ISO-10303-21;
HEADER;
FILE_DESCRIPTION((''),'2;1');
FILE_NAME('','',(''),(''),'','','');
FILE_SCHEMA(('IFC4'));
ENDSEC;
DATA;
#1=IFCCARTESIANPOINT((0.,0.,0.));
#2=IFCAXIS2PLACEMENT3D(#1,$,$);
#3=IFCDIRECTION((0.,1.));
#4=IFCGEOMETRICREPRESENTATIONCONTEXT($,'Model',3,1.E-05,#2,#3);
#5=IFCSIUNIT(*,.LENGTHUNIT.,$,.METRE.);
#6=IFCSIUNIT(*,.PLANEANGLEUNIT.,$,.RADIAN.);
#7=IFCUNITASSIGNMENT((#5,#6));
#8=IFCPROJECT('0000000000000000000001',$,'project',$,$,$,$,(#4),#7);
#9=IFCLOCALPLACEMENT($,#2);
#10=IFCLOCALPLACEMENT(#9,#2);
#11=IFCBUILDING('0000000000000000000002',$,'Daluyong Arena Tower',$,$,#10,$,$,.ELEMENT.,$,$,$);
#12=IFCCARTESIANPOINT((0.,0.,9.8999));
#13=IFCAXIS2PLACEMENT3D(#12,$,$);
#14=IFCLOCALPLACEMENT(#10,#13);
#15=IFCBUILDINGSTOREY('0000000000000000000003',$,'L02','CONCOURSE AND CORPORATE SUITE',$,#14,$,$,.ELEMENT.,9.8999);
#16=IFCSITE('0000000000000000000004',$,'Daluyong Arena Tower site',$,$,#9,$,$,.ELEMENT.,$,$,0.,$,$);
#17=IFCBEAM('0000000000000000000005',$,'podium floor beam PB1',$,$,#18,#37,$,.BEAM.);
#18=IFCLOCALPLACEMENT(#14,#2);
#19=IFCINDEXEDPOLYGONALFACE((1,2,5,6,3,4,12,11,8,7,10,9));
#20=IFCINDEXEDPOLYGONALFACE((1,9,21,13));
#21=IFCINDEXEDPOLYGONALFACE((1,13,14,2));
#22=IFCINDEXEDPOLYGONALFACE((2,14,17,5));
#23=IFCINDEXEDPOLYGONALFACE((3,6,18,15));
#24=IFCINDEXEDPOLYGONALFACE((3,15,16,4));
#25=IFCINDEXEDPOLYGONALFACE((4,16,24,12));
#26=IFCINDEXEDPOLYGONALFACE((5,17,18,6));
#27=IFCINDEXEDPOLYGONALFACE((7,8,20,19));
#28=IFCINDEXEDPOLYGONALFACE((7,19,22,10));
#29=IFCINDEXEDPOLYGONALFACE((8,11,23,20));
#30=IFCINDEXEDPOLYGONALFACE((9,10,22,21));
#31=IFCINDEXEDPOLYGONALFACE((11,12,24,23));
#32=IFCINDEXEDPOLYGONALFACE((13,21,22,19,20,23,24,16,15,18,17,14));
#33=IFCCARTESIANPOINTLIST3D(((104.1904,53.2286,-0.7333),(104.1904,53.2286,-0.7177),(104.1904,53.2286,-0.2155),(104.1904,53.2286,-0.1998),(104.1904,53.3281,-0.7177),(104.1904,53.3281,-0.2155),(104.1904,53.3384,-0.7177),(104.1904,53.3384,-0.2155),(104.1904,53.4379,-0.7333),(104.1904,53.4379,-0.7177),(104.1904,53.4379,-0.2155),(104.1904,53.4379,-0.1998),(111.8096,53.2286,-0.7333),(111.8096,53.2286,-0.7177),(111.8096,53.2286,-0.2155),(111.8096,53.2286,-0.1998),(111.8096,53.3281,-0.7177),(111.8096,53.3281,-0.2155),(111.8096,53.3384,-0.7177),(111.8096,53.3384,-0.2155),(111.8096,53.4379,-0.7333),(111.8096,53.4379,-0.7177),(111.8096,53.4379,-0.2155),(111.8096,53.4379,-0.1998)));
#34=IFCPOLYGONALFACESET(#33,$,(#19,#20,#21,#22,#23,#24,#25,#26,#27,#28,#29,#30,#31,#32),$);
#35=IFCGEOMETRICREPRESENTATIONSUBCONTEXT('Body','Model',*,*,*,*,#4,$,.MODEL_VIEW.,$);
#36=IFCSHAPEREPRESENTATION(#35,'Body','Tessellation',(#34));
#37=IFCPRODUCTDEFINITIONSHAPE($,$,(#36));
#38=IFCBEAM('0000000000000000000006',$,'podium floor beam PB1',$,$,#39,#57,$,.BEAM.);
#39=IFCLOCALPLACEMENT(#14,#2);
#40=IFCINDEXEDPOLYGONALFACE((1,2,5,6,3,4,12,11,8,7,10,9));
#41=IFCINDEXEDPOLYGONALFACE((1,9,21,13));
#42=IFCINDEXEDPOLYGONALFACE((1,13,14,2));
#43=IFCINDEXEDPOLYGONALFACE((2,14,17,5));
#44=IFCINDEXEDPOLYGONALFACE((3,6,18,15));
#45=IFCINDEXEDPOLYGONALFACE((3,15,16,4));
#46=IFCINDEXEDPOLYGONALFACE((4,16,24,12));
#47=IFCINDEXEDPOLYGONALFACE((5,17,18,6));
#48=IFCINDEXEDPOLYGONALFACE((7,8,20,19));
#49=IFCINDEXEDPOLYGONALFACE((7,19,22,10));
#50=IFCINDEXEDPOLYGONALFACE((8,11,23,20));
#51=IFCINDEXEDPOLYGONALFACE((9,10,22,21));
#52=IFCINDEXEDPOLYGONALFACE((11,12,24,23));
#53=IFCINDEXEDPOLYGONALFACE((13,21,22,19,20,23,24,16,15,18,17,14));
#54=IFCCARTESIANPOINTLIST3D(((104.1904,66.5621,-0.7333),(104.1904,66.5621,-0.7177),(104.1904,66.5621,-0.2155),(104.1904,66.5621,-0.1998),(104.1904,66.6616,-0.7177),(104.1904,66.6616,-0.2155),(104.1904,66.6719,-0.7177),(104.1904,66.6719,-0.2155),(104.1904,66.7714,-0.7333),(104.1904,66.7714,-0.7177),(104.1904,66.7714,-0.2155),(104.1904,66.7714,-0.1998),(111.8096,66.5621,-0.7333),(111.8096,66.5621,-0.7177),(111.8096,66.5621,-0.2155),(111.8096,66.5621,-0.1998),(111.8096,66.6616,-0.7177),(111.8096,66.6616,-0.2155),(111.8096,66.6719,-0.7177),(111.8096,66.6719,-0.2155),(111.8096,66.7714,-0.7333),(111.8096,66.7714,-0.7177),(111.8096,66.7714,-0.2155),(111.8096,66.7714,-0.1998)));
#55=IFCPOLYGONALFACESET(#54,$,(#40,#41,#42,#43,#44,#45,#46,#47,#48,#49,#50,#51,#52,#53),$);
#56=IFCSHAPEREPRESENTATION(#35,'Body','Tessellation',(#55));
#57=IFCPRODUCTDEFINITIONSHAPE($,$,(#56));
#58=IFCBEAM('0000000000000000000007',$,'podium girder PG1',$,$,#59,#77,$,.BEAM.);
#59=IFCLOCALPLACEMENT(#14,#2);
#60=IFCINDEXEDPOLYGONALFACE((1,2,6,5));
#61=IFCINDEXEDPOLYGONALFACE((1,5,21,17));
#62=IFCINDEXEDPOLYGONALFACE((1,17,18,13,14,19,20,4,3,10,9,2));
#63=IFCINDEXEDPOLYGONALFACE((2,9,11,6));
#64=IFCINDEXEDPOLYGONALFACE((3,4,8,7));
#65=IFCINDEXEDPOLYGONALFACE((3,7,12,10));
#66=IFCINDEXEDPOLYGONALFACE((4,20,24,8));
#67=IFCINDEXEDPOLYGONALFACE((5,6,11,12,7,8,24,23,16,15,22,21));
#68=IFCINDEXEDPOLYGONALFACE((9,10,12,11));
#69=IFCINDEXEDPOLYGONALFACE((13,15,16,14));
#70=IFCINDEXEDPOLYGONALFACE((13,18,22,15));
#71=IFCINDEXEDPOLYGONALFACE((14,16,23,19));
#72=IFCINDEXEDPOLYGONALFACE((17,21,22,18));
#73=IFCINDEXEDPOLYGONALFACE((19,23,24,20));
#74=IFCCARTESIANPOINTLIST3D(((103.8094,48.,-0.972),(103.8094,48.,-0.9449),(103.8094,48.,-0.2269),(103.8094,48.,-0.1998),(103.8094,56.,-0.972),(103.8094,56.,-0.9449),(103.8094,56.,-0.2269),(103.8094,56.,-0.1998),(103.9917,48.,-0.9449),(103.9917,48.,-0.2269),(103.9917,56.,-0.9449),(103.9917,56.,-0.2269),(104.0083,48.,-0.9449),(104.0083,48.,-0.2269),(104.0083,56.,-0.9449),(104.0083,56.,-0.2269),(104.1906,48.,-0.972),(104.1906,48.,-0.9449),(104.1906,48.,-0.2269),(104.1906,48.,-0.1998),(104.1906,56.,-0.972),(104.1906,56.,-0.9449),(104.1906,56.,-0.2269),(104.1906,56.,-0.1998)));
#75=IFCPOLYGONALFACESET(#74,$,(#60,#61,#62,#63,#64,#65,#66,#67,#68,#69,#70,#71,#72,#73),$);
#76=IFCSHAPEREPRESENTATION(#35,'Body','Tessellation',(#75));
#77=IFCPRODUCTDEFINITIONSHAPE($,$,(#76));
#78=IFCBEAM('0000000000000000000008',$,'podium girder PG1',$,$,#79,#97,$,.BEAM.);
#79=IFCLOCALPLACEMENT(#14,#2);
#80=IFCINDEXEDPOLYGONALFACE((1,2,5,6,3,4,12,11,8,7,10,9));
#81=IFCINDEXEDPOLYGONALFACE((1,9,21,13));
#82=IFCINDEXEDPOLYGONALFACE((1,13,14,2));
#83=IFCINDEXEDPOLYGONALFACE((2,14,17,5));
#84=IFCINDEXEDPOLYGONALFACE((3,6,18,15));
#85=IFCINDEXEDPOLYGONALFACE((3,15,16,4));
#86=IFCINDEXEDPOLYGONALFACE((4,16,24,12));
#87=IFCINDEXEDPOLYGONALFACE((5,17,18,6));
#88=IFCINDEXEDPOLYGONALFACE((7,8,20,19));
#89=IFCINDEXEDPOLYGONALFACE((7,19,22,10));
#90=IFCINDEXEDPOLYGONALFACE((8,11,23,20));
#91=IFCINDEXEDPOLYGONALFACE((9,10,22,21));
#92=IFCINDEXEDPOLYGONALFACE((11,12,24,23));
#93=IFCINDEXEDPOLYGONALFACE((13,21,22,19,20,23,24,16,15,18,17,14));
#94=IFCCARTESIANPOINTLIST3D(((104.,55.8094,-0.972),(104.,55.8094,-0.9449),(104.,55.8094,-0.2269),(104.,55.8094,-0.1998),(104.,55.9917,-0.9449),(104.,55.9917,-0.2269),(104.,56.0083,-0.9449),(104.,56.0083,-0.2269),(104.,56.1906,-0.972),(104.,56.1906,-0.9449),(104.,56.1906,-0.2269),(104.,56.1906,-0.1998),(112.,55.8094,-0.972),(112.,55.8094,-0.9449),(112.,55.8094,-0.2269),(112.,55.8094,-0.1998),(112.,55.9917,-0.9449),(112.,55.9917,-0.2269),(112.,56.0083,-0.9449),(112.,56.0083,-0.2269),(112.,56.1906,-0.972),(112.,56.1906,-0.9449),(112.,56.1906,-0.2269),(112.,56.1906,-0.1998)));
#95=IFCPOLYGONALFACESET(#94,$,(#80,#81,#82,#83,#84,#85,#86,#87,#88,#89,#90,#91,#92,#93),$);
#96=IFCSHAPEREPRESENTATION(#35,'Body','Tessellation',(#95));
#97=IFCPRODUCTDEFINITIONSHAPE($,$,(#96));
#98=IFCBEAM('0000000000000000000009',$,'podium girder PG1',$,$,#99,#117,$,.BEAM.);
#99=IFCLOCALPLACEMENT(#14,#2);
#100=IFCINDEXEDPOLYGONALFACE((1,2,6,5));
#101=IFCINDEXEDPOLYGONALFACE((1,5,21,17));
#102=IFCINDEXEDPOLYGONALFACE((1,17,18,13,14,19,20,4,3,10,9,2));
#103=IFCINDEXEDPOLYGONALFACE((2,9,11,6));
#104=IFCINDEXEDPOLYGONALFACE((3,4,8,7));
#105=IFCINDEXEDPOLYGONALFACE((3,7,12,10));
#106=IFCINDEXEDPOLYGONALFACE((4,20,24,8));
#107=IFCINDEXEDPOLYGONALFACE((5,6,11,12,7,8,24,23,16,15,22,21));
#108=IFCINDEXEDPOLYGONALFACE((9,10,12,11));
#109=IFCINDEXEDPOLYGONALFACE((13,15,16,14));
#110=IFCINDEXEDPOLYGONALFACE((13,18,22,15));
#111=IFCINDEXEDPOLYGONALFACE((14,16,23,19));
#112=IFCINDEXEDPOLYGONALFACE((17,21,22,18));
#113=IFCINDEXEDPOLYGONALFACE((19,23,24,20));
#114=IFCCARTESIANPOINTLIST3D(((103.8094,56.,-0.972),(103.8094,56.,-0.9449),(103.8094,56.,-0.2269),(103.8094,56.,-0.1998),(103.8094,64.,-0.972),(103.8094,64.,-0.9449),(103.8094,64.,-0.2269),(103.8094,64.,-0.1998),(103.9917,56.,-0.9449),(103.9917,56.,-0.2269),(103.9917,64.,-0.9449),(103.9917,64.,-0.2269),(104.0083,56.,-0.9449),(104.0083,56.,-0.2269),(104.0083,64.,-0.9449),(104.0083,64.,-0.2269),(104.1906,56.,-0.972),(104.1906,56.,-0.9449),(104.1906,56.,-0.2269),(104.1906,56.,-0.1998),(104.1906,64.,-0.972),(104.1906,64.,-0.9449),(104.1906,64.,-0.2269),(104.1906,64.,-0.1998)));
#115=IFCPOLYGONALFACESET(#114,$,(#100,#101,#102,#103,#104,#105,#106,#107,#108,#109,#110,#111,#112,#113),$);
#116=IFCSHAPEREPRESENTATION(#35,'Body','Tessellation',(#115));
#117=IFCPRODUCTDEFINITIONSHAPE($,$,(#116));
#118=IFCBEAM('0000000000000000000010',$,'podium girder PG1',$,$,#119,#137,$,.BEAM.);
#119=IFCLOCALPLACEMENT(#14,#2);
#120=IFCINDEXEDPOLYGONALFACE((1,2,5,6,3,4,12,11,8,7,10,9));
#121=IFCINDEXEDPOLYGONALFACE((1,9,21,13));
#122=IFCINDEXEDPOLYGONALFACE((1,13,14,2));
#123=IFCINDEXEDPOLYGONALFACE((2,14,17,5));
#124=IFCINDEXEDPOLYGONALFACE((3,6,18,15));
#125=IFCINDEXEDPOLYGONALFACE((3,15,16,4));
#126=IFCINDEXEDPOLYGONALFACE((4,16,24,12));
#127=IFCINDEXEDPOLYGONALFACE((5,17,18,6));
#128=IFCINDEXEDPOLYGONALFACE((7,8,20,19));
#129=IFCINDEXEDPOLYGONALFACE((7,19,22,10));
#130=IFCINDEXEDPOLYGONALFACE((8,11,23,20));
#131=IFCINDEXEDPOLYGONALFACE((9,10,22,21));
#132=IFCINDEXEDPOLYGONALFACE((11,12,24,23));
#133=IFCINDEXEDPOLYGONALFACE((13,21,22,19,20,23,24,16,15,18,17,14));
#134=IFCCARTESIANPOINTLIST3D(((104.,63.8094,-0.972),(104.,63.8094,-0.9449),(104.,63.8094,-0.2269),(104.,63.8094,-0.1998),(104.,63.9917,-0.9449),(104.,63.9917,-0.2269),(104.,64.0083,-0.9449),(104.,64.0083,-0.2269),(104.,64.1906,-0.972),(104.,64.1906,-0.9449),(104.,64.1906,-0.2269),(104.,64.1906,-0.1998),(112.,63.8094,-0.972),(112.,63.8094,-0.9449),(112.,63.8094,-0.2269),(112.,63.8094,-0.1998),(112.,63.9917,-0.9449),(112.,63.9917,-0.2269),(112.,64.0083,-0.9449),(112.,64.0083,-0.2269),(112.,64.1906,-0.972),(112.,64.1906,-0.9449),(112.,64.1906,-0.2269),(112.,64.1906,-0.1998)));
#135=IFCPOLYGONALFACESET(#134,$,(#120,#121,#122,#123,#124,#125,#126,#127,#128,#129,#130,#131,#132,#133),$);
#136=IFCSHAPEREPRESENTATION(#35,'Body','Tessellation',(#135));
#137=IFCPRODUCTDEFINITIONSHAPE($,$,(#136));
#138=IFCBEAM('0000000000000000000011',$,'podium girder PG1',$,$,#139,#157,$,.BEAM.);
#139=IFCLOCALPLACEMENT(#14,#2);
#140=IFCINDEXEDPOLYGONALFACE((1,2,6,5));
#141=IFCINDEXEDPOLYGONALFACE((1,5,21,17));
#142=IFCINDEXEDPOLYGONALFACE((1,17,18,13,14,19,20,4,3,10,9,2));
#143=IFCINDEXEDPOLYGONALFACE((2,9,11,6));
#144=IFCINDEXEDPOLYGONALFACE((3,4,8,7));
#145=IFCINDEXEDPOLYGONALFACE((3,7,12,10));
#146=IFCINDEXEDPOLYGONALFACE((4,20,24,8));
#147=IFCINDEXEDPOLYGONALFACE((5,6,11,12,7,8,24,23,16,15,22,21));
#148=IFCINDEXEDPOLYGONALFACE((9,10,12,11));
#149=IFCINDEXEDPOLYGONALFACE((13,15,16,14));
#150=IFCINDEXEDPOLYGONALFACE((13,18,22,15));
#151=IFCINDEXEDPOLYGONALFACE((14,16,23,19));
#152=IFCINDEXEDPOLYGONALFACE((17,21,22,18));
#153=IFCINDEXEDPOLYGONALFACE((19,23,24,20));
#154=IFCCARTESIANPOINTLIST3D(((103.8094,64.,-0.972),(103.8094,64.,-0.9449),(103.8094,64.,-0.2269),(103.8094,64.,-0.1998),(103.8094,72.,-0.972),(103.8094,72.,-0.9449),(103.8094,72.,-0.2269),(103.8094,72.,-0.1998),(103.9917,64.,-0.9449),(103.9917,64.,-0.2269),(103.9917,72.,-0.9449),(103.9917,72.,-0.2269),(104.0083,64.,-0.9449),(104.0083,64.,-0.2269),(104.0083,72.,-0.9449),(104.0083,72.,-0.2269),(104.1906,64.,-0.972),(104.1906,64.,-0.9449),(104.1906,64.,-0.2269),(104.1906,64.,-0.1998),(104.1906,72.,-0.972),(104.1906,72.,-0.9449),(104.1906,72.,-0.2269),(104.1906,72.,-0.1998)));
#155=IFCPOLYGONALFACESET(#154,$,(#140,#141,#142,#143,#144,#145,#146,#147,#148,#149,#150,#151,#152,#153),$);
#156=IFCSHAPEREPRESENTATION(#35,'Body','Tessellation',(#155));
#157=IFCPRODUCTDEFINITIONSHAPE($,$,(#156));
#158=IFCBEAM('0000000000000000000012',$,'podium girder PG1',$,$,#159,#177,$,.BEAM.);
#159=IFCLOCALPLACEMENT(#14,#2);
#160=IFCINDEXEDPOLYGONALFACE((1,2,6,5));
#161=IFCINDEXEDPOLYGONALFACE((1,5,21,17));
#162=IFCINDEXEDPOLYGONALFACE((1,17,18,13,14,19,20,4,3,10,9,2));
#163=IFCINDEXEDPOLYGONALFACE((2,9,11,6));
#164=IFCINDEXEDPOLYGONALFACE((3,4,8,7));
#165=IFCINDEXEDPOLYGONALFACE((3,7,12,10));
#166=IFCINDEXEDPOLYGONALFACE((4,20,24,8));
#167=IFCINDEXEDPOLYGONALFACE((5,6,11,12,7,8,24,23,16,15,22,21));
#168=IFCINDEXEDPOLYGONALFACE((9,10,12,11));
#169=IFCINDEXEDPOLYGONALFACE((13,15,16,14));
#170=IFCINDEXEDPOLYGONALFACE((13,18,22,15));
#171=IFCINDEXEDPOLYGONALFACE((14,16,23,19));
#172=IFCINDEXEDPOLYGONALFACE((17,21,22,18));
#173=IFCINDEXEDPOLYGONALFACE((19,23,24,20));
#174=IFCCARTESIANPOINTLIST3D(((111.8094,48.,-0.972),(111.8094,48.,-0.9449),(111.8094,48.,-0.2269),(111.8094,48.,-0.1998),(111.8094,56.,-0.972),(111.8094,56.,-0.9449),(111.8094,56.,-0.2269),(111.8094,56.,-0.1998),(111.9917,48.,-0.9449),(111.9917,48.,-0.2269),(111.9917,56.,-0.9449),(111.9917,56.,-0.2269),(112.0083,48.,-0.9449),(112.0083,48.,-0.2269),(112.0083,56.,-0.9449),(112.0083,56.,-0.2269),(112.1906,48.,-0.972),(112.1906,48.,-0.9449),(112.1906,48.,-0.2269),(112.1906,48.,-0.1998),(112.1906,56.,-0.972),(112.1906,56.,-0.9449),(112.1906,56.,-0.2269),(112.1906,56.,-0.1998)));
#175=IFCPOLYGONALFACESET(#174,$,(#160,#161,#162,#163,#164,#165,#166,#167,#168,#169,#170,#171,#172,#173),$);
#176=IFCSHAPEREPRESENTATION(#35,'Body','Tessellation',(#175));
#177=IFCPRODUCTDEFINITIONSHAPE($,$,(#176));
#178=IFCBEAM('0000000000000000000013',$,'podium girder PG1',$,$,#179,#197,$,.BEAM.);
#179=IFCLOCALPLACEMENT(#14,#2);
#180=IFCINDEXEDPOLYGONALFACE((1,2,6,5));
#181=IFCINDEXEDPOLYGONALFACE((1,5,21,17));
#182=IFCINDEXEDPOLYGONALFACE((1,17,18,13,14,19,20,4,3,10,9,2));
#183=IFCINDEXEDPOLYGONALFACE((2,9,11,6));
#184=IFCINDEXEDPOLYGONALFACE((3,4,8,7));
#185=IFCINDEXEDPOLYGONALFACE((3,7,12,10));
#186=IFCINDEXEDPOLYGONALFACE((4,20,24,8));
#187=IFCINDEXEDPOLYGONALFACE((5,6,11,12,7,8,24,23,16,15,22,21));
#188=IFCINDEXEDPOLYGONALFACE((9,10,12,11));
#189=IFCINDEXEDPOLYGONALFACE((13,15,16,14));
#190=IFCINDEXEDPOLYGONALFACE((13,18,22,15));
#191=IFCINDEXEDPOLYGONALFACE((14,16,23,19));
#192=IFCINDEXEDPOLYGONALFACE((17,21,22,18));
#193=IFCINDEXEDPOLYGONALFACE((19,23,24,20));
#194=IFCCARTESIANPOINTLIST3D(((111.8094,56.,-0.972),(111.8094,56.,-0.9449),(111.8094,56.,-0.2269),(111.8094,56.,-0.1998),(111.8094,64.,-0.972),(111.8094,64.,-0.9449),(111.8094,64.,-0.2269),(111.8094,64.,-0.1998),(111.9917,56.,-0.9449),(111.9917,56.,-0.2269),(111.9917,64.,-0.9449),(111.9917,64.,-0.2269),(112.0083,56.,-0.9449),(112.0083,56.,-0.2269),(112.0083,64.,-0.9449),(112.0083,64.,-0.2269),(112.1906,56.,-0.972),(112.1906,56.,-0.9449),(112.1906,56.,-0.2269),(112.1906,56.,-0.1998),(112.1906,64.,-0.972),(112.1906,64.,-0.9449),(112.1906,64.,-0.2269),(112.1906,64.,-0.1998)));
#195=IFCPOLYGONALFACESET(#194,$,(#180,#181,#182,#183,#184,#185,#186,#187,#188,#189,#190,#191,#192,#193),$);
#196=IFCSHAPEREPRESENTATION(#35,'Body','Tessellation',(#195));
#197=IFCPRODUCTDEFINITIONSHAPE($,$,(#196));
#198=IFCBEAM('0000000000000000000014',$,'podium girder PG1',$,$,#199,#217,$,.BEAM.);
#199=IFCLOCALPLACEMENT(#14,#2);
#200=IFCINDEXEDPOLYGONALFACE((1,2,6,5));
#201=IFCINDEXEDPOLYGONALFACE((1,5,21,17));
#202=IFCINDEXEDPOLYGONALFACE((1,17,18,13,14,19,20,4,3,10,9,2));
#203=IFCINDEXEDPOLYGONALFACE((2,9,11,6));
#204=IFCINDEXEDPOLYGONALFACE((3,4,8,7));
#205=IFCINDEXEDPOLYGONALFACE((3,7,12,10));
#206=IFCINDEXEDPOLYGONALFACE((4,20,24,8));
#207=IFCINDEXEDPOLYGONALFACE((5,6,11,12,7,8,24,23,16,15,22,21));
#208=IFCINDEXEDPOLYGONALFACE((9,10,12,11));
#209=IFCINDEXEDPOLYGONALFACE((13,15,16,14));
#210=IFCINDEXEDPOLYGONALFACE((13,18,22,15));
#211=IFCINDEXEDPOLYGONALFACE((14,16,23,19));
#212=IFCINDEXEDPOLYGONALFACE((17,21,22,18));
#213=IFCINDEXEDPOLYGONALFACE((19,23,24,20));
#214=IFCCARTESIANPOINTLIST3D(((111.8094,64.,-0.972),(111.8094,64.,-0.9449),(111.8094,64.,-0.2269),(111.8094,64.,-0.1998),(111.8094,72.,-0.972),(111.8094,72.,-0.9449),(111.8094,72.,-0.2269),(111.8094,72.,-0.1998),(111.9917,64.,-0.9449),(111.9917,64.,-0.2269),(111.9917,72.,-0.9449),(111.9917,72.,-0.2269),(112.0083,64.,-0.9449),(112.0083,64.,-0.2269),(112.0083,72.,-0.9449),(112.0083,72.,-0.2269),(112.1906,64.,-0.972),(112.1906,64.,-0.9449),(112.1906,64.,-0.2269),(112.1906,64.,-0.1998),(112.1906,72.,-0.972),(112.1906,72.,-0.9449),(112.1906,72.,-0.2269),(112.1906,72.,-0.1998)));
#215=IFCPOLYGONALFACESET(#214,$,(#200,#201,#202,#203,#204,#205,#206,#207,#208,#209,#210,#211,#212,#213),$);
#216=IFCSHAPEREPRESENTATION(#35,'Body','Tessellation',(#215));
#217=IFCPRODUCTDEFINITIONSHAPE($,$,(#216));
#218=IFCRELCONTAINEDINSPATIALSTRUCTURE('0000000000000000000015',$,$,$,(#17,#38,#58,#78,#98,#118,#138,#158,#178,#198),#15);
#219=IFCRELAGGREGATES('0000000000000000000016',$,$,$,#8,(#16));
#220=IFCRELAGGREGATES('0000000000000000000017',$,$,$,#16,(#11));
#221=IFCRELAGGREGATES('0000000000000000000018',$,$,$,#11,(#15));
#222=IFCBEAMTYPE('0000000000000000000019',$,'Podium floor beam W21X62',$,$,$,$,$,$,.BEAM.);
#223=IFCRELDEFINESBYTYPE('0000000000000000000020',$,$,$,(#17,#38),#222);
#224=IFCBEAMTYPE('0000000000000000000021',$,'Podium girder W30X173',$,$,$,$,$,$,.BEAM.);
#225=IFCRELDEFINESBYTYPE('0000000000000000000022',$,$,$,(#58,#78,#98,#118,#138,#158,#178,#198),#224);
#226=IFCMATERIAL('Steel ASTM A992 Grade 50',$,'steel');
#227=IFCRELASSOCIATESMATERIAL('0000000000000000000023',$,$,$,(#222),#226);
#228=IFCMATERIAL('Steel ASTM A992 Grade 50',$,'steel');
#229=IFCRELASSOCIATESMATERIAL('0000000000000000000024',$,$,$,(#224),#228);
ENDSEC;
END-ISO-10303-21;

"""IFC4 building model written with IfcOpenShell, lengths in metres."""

from ifc_helpers import new_model, si_unit, direction, frame, origin, origin_2d, place, context, subcontext, project, spatial, i_section, extrude, material, material_profile, profile_set, type_object, element, save


model = new_model("IFC4")

# Units and contexts
model_context = context("Model", 3, precision=1e-05, world=origin(), true_north=direction((0.0, 1.0)))
body_context = subcontext(model_context, "Body", "Model", "MODEL_VIEW")
ifc_project = project(units=[si_unit("LENGTHUNIT", "METRE"), si_unit("PLANEANGLEUNIT", "RADIAN")], contexts=[model_context])

# Site, building, storey
site_placement = place(None, origin())
site = spatial("IfcSite", under=ifc_project, at=site_placement, Name="Daluyong Arena Tower site", CompositionType="ELEMENT", RefElevation=0.0)
building_placement = place(site_placement, origin())
building = spatial("IfcBuilding", under=site, at=building_placement, Name="Daluyong Arena Tower", CompositionType="ELEMENT")
storey_placement = place(building_placement, frame((0.0, 0.0, 9.8999)))
storey = spatial("IfcBuildingStorey", under=building, at=storey_placement, Name="L02", Description="CONCOURSE AND CORPORATE SUITE", CompositionType="ELEMENT", Elevation=9.8999)

# Beams
ifc_material_1 = material(Name="Steel ASTM A992 Grade 50", Category="steel")
ifc_material_profile_1 = material_profile(ifc_material_1, i_section(OverallWidth=0.2092, OverallDepth=0.5334, WebThickness=0.0103, FlangeThickness=0.0156, at=origin_2d()))
ifc_profile_set_1 = profile_set([ifc_material_profile_1], Name="Steel ASTM A992 Grade 50")
beam_type_1 = type_object("IfcBeamType", Name="Podium floor beam W21X62", PredefinedType="BEAM", material=ifc_profile_set_1)
for number, where, z_axis, x_axis, name in (
    (1, (104.1904, 53.3333, -0.4666), (1.0, 0.0, 0.0), (0.0, 1.0, 0.0), "podium floor beam PB1"),
    (2, (104.1904, 66.6667, -0.4666), (1.0, 0.0, 0.0), (0.0, 1.0, 0.0), "podium floor beam PB1"),
):
    element("IfcBeam", number, at=place(storey_placement, frame(where, z_axis=z_axis, x_axis=x_axis)), inside=storey, type_object=beam_type_1, Name=name, PredefinedType="BEAM", context=body_context, shape_type="SweptSolid", body=[
        extrude(i_section(OverallWidth=0.2092, OverallDepth=0.5334, WebThickness=0.0103, FlangeThickness=0.0156, at=origin_2d()), origin(), (0.0, 0.0, 1.0), 7.6191),
    ])
ifc_material_2 = material(Name="Steel ASTM A992 Grade 50", Category="steel")
ifc_material_profile_2 = material_profile(ifc_material_2, i_section(OverallWidth=0.3811, OverallDepth=0.7722, WebThickness=0.0166, FlangeThickness=0.0271, at=origin_2d()))
ifc_profile_set_2 = profile_set([ifc_material_profile_2], Name="Steel ASTM A992 Grade 50")
beam_type_2 = type_object("IfcBeamType", Name="Podium girder W30X173", PredefinedType="BEAM", material=ifc_profile_set_2)
for number, where, z_axis, x_axis, name in (
    (3, (104.0, 48.0, -0.5859), (0.0, 1.0, 0.0), (-1.0, 0.0, 0.0), "podium girder PG1"),
    (4, (104.0, 56.0, -0.5859), (1.0, 0.0, 0.0), (0.0, 1.0, 0.0), "podium girder PG1"),
    (5, (104.0, 56.0, -0.5859), (0.0, 1.0, 0.0), (-1.0, 0.0, 0.0), "podium girder PG1"),
    (6, (104.0, 64.0, -0.5859), (1.0, 0.0, 0.0), (0.0, 1.0, 0.0), "podium girder PG1"),
    (7, (104.0, 64.0, -0.5859), (0.0, 1.0, 0.0), (-1.0, 0.0, 0.0), "podium girder PG1"),
    (8, (112.0, 48.0, -0.5859), (0.0, 1.0, 0.0), (-1.0, 0.0, 0.0), "podium girder PG1"),
    (9, (112.0, 56.0, -0.5859), (0.0, 1.0, 0.0), (-1.0, 0.0, 0.0), "podium girder PG1"),
    (10, (112.0, 64.0, -0.5859), (0.0, 1.0, 0.0), (-1.0, 0.0, 0.0), "podium girder PG1"),
):
    element("IfcBeam", number, at=place(storey_placement, frame(where, z_axis=z_axis, x_axis=x_axis)), inside=storey, type_object=beam_type_2, Name=name, PredefinedType="BEAM", context=body_context, shape_type="SweptSolid", body=[
        extrude(i_section(OverallWidth=0.3811, OverallDepth=0.7722, WebThickness=0.0166, FlangeThickness=0.0271, at=origin_2d()), origin(), (0.0, 0.0, 1.0), 8.0),
    ])

save(model, "model.ifc")
